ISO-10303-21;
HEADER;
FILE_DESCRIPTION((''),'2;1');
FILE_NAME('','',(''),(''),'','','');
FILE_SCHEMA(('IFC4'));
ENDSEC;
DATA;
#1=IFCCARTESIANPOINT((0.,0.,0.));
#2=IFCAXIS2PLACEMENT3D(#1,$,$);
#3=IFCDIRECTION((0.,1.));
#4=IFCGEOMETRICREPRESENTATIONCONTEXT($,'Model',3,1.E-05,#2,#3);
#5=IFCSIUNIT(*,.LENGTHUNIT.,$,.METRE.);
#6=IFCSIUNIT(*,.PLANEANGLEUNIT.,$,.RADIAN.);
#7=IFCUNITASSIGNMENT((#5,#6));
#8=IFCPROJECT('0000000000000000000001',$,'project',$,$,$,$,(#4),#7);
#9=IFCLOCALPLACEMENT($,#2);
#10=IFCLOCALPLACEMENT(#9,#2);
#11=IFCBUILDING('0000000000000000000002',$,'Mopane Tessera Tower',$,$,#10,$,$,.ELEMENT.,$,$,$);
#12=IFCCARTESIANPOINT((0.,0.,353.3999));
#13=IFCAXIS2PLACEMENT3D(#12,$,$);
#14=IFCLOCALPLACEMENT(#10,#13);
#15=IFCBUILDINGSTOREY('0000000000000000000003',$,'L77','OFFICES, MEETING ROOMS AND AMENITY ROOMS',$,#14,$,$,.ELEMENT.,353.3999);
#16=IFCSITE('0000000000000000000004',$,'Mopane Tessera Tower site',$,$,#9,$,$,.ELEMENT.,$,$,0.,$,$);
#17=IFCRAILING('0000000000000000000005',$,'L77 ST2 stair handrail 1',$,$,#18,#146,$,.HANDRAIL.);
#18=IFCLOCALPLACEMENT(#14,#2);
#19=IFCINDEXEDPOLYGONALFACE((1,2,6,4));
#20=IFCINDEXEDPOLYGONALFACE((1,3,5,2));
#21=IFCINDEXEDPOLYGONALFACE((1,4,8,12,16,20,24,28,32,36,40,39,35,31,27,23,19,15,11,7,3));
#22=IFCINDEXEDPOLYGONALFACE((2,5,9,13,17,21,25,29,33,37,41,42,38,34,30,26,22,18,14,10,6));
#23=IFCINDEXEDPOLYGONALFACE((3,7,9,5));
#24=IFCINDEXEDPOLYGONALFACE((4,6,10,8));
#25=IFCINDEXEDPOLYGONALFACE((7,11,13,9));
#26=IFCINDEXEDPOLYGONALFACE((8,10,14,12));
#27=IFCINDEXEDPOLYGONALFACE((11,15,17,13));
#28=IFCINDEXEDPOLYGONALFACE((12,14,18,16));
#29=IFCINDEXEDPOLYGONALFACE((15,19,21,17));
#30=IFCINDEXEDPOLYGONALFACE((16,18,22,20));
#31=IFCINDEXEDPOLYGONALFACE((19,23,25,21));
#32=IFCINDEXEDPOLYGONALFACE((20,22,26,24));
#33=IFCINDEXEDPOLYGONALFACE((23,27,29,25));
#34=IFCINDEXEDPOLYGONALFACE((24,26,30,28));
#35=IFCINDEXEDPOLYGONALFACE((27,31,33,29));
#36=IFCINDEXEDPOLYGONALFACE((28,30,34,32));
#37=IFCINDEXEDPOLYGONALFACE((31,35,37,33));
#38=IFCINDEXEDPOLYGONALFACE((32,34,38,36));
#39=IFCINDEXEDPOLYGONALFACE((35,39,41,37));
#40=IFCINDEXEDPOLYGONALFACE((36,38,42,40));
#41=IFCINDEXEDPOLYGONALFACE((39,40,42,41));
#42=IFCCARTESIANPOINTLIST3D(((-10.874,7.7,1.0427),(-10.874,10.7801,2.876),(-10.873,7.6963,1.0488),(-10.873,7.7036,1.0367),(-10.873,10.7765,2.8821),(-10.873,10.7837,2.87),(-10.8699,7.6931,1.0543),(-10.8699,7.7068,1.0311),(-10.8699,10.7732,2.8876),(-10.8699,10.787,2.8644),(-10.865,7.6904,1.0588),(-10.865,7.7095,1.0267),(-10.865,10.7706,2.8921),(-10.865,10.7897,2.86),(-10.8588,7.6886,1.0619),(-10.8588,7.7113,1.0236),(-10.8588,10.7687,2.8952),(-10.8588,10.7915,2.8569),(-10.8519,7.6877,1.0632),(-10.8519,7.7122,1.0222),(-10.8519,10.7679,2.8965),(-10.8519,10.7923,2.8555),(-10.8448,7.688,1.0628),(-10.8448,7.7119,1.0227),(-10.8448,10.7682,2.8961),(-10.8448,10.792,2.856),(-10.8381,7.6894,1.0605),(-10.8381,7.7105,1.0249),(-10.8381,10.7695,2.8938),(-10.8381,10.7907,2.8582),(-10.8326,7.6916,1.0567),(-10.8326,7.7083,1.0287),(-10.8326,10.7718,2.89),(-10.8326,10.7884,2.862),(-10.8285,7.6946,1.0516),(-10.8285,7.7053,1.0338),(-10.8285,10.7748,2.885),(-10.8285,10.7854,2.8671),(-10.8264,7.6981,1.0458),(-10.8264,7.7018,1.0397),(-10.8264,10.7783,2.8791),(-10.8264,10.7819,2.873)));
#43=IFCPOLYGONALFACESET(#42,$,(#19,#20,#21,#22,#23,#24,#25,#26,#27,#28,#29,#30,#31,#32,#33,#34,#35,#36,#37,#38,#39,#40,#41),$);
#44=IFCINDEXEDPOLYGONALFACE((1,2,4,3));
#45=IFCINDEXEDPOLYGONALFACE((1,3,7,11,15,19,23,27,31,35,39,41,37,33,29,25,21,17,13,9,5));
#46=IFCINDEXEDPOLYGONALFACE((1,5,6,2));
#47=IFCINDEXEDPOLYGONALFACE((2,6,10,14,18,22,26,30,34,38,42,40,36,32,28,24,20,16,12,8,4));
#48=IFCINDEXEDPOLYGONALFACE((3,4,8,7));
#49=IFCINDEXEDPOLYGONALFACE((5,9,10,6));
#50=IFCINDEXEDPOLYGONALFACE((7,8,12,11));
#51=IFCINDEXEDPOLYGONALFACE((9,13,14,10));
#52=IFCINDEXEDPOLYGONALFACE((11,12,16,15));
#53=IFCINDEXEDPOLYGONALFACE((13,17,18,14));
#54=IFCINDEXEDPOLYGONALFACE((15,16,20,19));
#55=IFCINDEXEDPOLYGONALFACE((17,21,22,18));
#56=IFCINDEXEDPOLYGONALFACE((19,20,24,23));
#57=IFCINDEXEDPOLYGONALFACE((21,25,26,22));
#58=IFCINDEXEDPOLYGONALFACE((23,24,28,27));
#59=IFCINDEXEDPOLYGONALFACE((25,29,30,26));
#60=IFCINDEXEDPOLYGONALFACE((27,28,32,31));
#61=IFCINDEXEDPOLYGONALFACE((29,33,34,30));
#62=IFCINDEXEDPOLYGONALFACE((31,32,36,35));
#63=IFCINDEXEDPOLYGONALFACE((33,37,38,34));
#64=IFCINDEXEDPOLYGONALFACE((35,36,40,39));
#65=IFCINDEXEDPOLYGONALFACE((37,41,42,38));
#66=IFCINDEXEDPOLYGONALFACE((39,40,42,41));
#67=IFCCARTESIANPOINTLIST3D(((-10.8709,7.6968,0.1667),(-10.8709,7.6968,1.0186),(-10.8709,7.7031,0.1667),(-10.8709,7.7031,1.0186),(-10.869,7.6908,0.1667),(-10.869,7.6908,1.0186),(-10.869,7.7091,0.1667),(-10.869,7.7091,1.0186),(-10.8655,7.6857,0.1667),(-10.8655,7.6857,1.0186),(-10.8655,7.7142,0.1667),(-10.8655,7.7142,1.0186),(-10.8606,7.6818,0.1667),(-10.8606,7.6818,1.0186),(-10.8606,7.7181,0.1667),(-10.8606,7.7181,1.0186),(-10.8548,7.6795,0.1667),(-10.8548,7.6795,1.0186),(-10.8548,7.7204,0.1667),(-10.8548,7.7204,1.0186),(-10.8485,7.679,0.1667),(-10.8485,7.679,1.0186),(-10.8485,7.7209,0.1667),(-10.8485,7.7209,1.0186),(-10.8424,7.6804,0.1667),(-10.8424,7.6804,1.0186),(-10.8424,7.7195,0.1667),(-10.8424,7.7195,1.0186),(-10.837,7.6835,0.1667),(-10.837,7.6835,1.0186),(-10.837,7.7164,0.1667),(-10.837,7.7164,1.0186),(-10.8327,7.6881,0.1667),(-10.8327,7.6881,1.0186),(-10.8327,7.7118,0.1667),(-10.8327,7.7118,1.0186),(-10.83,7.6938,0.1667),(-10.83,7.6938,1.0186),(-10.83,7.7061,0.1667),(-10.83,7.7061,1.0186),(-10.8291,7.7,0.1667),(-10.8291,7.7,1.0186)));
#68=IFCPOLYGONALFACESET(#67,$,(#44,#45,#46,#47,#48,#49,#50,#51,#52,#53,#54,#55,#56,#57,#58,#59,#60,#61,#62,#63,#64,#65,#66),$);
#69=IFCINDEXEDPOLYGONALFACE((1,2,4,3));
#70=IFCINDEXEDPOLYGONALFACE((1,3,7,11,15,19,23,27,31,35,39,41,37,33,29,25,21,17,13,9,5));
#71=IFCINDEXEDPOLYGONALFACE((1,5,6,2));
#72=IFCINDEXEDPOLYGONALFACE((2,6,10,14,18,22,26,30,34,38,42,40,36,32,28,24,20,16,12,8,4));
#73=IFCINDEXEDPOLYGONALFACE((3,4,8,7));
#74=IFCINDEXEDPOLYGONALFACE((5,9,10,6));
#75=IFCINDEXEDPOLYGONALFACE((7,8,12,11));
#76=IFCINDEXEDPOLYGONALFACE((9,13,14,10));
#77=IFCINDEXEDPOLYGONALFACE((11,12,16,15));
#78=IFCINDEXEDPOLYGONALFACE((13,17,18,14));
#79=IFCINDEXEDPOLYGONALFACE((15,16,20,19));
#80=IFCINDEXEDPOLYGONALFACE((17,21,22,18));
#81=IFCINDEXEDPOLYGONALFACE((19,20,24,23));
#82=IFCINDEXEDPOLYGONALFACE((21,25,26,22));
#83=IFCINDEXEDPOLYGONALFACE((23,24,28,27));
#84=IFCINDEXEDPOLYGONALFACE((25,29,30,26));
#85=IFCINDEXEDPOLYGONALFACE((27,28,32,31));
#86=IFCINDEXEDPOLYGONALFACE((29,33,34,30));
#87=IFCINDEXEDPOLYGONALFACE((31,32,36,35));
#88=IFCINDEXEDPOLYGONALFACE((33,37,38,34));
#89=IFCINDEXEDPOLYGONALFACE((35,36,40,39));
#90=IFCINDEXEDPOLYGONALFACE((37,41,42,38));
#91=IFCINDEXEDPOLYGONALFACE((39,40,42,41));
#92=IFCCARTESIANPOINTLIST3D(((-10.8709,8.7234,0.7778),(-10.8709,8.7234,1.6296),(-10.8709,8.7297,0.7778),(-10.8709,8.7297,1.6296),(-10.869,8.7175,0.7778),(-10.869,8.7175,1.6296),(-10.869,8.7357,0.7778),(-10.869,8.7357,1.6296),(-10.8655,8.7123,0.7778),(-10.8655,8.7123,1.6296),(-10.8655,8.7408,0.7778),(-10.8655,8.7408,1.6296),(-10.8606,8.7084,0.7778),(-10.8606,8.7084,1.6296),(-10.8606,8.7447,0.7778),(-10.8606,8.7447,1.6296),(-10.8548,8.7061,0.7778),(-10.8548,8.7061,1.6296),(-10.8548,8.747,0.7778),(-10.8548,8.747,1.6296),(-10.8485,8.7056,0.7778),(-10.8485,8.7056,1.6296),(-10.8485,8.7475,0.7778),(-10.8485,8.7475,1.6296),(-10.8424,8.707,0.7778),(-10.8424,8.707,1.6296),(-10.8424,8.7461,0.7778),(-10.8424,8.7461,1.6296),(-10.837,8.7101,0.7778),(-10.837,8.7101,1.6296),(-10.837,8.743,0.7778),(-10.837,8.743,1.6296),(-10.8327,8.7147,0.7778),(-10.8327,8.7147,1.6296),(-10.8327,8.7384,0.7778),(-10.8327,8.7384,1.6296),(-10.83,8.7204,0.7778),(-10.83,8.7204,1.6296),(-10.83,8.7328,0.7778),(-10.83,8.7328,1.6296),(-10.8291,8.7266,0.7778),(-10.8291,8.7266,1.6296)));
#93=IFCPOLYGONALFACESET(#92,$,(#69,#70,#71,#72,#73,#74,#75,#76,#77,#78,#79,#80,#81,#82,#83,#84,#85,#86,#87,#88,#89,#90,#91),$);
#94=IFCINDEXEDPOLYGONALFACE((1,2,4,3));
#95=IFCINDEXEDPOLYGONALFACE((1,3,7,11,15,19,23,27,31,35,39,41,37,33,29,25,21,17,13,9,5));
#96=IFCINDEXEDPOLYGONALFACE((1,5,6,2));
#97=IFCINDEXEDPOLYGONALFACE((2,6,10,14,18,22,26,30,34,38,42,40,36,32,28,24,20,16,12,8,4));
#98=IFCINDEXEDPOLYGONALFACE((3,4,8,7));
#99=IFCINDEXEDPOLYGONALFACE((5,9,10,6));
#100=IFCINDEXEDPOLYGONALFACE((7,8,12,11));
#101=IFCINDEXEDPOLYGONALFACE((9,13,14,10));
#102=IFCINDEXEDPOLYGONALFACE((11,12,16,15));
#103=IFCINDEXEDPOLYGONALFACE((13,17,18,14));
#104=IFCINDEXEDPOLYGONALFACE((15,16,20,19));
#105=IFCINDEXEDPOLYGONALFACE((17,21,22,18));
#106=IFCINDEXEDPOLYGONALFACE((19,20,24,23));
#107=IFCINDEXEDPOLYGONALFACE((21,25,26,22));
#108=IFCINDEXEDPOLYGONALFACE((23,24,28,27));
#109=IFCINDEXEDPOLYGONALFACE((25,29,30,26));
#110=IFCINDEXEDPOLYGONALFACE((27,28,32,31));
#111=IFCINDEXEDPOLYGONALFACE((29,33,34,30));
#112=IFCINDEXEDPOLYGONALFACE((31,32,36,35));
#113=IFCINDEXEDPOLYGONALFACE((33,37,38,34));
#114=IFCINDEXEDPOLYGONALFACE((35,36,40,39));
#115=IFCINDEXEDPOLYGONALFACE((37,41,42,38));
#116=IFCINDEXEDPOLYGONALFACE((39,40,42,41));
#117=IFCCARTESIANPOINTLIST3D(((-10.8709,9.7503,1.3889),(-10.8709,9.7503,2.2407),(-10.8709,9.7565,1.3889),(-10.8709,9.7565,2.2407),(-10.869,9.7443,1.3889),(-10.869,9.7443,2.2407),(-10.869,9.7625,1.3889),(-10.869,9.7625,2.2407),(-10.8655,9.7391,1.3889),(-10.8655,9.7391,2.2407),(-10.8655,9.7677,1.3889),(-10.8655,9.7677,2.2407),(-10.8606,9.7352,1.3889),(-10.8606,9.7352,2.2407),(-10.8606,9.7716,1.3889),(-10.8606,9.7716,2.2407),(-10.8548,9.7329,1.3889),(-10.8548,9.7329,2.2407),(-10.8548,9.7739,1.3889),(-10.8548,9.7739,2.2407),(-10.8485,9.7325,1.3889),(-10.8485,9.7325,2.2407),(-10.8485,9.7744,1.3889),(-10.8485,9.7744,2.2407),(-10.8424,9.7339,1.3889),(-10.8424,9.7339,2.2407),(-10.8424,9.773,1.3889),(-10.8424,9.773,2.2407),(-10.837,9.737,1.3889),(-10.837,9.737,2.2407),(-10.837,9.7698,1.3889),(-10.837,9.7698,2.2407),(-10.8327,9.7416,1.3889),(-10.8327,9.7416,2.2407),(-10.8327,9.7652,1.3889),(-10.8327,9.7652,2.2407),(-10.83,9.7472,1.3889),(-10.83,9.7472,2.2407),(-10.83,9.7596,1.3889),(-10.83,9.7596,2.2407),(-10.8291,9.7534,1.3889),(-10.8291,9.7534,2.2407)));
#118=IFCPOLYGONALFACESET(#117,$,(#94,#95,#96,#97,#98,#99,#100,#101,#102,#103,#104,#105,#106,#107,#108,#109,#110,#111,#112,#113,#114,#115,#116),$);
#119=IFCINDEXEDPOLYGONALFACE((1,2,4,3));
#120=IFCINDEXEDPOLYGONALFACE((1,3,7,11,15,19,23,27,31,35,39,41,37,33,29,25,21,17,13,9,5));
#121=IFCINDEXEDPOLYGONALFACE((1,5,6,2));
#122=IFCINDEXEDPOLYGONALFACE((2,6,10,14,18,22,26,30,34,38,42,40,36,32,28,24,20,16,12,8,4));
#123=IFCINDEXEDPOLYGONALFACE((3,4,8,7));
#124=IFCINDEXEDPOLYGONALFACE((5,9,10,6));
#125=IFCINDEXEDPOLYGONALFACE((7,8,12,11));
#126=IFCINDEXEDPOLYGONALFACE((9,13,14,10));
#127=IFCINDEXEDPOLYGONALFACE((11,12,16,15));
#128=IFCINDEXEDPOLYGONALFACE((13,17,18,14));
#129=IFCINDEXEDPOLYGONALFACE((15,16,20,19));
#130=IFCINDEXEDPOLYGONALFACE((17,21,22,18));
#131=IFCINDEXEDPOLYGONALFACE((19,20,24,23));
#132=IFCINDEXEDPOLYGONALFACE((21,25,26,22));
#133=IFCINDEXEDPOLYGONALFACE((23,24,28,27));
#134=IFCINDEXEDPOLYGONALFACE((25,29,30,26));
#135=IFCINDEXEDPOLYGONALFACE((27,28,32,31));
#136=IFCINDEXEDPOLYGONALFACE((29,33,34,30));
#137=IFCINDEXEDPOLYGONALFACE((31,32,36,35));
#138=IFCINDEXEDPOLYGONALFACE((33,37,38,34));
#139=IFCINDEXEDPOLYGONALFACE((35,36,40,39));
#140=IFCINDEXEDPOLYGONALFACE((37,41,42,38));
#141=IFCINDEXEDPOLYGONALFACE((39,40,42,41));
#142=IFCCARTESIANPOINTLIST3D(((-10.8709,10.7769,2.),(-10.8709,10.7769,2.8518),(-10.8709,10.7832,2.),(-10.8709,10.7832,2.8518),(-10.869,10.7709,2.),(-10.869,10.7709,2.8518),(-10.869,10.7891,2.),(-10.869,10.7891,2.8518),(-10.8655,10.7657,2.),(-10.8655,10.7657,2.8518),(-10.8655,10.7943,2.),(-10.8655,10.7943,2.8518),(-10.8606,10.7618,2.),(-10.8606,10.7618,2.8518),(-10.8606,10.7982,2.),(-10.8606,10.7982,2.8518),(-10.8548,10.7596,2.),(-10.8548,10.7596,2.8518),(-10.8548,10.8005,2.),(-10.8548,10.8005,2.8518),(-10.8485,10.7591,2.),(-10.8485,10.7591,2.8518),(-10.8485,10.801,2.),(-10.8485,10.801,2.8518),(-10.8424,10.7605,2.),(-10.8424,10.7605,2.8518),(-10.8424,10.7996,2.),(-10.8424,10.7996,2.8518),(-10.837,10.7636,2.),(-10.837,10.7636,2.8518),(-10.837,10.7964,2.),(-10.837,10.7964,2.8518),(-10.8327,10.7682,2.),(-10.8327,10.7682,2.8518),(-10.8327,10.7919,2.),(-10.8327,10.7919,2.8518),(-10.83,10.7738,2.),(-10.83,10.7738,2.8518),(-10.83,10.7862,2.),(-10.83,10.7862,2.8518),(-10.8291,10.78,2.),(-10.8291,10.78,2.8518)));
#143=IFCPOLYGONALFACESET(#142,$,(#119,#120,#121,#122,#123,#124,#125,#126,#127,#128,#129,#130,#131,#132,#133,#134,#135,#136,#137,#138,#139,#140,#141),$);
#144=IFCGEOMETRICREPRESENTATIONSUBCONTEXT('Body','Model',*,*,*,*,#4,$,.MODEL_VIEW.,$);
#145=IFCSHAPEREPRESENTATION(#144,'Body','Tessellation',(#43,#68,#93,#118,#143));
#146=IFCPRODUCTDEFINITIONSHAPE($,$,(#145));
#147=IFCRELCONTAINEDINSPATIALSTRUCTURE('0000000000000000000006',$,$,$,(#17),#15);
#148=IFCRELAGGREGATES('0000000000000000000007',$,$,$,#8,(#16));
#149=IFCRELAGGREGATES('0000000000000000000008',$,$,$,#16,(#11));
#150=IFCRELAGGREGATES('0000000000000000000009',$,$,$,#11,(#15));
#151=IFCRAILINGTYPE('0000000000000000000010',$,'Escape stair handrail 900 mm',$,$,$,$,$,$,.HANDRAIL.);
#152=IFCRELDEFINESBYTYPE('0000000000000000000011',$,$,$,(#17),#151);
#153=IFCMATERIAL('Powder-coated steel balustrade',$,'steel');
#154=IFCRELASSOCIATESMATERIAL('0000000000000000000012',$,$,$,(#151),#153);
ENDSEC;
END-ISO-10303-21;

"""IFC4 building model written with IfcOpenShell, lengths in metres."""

from ifc_helpers import new_model, si_unit, direction, frame, origin, origin_2d, place, context, subcontext, project, spatial, circle, extrude, material, type_object, element, save


model = new_model("IFC4")

# Units and contexts
model_context = context("Model", 3, precision=1e-05, world=origin(), true_north=direction((0.0, 1.0)))
body_context = subcontext(model_context, "Body", "Model", "MODEL_VIEW")
ifc_project = project(units=[si_unit("LENGTHUNIT", "METRE"), si_unit("PLANEANGLEUNIT", "RADIAN")], contexts=[model_context])

# Site, building, storey
site_placement = place(None, origin())
site = spatial("IfcSite", under=ifc_project, at=site_placement, Name="Mopane Tessera Tower site", CompositionType="ELEMENT", RefElevation=0.0)
building_placement = place(site_placement, origin())
building = spatial("IfcBuilding", under=site, at=building_placement, Name="Mopane Tessera Tower", CompositionType="ELEMENT")
storey_placement = place(building_placement, frame((0.0, 0.0, 353.3999)))
storey = spatial("IfcBuildingStorey", under=building, at=storey_placement, Name="L77", Description="OFFICES, MEETING ROOMS AND AMENITY ROOMS", CompositionType="ELEMENT", Elevation=353.3999)

# Railing
ifc_material_1 = material(Name="Powder-coated steel balustrade", Category="steel")
railing_type = type_object("IfcRailingType", Name="Escape stair handrail 900 mm", PredefinedType="HANDRAIL", material=ifc_material_1)
railing_placement = place(storey_placement, frame((-10.8501, 7.7, 0.1667)))
element("IfcRailing", 1, at=railing_placement, inside=storey, type_object=railing_type, Name="L77 ST2 stair handrail 1", PredefinedType="HANDRAIL", context=body_context, shape_type="SweptSolid", body=[
    extrude(circle(Radius=0.0239, at=origin_2d()), frame((0.0, 0.0, 0.876), z_axis=(0.0, 0.859309, 0.511458), x_axis=(-1.0, 0.0, 0.0)), (0.0, 0.0, 1.0), 3.5845),
    extrude(circle(Radius=0.021, at=origin_2d()), origin(), (0.0, 0.0, 1.0), 0.8518),
    extrude(circle(Radius=0.021, at=origin_2d()), frame((0.0, 1.0266, 0.6111)), (0.0, 0.0, 1.0), 0.8518),
    extrude(circle(Radius=0.021, at=origin_2d()), frame((0.0, 2.0535, 1.2222)), (0.0, 0.0, 1.0), 0.8518),
    extrude(circle(Radius=0.021, at=origin_2d()), frame((0.0, 3.0801, 1.8333)), (0.0, 0.0, 1.0), 0.8518),
])

save(model, "model.ifc")
